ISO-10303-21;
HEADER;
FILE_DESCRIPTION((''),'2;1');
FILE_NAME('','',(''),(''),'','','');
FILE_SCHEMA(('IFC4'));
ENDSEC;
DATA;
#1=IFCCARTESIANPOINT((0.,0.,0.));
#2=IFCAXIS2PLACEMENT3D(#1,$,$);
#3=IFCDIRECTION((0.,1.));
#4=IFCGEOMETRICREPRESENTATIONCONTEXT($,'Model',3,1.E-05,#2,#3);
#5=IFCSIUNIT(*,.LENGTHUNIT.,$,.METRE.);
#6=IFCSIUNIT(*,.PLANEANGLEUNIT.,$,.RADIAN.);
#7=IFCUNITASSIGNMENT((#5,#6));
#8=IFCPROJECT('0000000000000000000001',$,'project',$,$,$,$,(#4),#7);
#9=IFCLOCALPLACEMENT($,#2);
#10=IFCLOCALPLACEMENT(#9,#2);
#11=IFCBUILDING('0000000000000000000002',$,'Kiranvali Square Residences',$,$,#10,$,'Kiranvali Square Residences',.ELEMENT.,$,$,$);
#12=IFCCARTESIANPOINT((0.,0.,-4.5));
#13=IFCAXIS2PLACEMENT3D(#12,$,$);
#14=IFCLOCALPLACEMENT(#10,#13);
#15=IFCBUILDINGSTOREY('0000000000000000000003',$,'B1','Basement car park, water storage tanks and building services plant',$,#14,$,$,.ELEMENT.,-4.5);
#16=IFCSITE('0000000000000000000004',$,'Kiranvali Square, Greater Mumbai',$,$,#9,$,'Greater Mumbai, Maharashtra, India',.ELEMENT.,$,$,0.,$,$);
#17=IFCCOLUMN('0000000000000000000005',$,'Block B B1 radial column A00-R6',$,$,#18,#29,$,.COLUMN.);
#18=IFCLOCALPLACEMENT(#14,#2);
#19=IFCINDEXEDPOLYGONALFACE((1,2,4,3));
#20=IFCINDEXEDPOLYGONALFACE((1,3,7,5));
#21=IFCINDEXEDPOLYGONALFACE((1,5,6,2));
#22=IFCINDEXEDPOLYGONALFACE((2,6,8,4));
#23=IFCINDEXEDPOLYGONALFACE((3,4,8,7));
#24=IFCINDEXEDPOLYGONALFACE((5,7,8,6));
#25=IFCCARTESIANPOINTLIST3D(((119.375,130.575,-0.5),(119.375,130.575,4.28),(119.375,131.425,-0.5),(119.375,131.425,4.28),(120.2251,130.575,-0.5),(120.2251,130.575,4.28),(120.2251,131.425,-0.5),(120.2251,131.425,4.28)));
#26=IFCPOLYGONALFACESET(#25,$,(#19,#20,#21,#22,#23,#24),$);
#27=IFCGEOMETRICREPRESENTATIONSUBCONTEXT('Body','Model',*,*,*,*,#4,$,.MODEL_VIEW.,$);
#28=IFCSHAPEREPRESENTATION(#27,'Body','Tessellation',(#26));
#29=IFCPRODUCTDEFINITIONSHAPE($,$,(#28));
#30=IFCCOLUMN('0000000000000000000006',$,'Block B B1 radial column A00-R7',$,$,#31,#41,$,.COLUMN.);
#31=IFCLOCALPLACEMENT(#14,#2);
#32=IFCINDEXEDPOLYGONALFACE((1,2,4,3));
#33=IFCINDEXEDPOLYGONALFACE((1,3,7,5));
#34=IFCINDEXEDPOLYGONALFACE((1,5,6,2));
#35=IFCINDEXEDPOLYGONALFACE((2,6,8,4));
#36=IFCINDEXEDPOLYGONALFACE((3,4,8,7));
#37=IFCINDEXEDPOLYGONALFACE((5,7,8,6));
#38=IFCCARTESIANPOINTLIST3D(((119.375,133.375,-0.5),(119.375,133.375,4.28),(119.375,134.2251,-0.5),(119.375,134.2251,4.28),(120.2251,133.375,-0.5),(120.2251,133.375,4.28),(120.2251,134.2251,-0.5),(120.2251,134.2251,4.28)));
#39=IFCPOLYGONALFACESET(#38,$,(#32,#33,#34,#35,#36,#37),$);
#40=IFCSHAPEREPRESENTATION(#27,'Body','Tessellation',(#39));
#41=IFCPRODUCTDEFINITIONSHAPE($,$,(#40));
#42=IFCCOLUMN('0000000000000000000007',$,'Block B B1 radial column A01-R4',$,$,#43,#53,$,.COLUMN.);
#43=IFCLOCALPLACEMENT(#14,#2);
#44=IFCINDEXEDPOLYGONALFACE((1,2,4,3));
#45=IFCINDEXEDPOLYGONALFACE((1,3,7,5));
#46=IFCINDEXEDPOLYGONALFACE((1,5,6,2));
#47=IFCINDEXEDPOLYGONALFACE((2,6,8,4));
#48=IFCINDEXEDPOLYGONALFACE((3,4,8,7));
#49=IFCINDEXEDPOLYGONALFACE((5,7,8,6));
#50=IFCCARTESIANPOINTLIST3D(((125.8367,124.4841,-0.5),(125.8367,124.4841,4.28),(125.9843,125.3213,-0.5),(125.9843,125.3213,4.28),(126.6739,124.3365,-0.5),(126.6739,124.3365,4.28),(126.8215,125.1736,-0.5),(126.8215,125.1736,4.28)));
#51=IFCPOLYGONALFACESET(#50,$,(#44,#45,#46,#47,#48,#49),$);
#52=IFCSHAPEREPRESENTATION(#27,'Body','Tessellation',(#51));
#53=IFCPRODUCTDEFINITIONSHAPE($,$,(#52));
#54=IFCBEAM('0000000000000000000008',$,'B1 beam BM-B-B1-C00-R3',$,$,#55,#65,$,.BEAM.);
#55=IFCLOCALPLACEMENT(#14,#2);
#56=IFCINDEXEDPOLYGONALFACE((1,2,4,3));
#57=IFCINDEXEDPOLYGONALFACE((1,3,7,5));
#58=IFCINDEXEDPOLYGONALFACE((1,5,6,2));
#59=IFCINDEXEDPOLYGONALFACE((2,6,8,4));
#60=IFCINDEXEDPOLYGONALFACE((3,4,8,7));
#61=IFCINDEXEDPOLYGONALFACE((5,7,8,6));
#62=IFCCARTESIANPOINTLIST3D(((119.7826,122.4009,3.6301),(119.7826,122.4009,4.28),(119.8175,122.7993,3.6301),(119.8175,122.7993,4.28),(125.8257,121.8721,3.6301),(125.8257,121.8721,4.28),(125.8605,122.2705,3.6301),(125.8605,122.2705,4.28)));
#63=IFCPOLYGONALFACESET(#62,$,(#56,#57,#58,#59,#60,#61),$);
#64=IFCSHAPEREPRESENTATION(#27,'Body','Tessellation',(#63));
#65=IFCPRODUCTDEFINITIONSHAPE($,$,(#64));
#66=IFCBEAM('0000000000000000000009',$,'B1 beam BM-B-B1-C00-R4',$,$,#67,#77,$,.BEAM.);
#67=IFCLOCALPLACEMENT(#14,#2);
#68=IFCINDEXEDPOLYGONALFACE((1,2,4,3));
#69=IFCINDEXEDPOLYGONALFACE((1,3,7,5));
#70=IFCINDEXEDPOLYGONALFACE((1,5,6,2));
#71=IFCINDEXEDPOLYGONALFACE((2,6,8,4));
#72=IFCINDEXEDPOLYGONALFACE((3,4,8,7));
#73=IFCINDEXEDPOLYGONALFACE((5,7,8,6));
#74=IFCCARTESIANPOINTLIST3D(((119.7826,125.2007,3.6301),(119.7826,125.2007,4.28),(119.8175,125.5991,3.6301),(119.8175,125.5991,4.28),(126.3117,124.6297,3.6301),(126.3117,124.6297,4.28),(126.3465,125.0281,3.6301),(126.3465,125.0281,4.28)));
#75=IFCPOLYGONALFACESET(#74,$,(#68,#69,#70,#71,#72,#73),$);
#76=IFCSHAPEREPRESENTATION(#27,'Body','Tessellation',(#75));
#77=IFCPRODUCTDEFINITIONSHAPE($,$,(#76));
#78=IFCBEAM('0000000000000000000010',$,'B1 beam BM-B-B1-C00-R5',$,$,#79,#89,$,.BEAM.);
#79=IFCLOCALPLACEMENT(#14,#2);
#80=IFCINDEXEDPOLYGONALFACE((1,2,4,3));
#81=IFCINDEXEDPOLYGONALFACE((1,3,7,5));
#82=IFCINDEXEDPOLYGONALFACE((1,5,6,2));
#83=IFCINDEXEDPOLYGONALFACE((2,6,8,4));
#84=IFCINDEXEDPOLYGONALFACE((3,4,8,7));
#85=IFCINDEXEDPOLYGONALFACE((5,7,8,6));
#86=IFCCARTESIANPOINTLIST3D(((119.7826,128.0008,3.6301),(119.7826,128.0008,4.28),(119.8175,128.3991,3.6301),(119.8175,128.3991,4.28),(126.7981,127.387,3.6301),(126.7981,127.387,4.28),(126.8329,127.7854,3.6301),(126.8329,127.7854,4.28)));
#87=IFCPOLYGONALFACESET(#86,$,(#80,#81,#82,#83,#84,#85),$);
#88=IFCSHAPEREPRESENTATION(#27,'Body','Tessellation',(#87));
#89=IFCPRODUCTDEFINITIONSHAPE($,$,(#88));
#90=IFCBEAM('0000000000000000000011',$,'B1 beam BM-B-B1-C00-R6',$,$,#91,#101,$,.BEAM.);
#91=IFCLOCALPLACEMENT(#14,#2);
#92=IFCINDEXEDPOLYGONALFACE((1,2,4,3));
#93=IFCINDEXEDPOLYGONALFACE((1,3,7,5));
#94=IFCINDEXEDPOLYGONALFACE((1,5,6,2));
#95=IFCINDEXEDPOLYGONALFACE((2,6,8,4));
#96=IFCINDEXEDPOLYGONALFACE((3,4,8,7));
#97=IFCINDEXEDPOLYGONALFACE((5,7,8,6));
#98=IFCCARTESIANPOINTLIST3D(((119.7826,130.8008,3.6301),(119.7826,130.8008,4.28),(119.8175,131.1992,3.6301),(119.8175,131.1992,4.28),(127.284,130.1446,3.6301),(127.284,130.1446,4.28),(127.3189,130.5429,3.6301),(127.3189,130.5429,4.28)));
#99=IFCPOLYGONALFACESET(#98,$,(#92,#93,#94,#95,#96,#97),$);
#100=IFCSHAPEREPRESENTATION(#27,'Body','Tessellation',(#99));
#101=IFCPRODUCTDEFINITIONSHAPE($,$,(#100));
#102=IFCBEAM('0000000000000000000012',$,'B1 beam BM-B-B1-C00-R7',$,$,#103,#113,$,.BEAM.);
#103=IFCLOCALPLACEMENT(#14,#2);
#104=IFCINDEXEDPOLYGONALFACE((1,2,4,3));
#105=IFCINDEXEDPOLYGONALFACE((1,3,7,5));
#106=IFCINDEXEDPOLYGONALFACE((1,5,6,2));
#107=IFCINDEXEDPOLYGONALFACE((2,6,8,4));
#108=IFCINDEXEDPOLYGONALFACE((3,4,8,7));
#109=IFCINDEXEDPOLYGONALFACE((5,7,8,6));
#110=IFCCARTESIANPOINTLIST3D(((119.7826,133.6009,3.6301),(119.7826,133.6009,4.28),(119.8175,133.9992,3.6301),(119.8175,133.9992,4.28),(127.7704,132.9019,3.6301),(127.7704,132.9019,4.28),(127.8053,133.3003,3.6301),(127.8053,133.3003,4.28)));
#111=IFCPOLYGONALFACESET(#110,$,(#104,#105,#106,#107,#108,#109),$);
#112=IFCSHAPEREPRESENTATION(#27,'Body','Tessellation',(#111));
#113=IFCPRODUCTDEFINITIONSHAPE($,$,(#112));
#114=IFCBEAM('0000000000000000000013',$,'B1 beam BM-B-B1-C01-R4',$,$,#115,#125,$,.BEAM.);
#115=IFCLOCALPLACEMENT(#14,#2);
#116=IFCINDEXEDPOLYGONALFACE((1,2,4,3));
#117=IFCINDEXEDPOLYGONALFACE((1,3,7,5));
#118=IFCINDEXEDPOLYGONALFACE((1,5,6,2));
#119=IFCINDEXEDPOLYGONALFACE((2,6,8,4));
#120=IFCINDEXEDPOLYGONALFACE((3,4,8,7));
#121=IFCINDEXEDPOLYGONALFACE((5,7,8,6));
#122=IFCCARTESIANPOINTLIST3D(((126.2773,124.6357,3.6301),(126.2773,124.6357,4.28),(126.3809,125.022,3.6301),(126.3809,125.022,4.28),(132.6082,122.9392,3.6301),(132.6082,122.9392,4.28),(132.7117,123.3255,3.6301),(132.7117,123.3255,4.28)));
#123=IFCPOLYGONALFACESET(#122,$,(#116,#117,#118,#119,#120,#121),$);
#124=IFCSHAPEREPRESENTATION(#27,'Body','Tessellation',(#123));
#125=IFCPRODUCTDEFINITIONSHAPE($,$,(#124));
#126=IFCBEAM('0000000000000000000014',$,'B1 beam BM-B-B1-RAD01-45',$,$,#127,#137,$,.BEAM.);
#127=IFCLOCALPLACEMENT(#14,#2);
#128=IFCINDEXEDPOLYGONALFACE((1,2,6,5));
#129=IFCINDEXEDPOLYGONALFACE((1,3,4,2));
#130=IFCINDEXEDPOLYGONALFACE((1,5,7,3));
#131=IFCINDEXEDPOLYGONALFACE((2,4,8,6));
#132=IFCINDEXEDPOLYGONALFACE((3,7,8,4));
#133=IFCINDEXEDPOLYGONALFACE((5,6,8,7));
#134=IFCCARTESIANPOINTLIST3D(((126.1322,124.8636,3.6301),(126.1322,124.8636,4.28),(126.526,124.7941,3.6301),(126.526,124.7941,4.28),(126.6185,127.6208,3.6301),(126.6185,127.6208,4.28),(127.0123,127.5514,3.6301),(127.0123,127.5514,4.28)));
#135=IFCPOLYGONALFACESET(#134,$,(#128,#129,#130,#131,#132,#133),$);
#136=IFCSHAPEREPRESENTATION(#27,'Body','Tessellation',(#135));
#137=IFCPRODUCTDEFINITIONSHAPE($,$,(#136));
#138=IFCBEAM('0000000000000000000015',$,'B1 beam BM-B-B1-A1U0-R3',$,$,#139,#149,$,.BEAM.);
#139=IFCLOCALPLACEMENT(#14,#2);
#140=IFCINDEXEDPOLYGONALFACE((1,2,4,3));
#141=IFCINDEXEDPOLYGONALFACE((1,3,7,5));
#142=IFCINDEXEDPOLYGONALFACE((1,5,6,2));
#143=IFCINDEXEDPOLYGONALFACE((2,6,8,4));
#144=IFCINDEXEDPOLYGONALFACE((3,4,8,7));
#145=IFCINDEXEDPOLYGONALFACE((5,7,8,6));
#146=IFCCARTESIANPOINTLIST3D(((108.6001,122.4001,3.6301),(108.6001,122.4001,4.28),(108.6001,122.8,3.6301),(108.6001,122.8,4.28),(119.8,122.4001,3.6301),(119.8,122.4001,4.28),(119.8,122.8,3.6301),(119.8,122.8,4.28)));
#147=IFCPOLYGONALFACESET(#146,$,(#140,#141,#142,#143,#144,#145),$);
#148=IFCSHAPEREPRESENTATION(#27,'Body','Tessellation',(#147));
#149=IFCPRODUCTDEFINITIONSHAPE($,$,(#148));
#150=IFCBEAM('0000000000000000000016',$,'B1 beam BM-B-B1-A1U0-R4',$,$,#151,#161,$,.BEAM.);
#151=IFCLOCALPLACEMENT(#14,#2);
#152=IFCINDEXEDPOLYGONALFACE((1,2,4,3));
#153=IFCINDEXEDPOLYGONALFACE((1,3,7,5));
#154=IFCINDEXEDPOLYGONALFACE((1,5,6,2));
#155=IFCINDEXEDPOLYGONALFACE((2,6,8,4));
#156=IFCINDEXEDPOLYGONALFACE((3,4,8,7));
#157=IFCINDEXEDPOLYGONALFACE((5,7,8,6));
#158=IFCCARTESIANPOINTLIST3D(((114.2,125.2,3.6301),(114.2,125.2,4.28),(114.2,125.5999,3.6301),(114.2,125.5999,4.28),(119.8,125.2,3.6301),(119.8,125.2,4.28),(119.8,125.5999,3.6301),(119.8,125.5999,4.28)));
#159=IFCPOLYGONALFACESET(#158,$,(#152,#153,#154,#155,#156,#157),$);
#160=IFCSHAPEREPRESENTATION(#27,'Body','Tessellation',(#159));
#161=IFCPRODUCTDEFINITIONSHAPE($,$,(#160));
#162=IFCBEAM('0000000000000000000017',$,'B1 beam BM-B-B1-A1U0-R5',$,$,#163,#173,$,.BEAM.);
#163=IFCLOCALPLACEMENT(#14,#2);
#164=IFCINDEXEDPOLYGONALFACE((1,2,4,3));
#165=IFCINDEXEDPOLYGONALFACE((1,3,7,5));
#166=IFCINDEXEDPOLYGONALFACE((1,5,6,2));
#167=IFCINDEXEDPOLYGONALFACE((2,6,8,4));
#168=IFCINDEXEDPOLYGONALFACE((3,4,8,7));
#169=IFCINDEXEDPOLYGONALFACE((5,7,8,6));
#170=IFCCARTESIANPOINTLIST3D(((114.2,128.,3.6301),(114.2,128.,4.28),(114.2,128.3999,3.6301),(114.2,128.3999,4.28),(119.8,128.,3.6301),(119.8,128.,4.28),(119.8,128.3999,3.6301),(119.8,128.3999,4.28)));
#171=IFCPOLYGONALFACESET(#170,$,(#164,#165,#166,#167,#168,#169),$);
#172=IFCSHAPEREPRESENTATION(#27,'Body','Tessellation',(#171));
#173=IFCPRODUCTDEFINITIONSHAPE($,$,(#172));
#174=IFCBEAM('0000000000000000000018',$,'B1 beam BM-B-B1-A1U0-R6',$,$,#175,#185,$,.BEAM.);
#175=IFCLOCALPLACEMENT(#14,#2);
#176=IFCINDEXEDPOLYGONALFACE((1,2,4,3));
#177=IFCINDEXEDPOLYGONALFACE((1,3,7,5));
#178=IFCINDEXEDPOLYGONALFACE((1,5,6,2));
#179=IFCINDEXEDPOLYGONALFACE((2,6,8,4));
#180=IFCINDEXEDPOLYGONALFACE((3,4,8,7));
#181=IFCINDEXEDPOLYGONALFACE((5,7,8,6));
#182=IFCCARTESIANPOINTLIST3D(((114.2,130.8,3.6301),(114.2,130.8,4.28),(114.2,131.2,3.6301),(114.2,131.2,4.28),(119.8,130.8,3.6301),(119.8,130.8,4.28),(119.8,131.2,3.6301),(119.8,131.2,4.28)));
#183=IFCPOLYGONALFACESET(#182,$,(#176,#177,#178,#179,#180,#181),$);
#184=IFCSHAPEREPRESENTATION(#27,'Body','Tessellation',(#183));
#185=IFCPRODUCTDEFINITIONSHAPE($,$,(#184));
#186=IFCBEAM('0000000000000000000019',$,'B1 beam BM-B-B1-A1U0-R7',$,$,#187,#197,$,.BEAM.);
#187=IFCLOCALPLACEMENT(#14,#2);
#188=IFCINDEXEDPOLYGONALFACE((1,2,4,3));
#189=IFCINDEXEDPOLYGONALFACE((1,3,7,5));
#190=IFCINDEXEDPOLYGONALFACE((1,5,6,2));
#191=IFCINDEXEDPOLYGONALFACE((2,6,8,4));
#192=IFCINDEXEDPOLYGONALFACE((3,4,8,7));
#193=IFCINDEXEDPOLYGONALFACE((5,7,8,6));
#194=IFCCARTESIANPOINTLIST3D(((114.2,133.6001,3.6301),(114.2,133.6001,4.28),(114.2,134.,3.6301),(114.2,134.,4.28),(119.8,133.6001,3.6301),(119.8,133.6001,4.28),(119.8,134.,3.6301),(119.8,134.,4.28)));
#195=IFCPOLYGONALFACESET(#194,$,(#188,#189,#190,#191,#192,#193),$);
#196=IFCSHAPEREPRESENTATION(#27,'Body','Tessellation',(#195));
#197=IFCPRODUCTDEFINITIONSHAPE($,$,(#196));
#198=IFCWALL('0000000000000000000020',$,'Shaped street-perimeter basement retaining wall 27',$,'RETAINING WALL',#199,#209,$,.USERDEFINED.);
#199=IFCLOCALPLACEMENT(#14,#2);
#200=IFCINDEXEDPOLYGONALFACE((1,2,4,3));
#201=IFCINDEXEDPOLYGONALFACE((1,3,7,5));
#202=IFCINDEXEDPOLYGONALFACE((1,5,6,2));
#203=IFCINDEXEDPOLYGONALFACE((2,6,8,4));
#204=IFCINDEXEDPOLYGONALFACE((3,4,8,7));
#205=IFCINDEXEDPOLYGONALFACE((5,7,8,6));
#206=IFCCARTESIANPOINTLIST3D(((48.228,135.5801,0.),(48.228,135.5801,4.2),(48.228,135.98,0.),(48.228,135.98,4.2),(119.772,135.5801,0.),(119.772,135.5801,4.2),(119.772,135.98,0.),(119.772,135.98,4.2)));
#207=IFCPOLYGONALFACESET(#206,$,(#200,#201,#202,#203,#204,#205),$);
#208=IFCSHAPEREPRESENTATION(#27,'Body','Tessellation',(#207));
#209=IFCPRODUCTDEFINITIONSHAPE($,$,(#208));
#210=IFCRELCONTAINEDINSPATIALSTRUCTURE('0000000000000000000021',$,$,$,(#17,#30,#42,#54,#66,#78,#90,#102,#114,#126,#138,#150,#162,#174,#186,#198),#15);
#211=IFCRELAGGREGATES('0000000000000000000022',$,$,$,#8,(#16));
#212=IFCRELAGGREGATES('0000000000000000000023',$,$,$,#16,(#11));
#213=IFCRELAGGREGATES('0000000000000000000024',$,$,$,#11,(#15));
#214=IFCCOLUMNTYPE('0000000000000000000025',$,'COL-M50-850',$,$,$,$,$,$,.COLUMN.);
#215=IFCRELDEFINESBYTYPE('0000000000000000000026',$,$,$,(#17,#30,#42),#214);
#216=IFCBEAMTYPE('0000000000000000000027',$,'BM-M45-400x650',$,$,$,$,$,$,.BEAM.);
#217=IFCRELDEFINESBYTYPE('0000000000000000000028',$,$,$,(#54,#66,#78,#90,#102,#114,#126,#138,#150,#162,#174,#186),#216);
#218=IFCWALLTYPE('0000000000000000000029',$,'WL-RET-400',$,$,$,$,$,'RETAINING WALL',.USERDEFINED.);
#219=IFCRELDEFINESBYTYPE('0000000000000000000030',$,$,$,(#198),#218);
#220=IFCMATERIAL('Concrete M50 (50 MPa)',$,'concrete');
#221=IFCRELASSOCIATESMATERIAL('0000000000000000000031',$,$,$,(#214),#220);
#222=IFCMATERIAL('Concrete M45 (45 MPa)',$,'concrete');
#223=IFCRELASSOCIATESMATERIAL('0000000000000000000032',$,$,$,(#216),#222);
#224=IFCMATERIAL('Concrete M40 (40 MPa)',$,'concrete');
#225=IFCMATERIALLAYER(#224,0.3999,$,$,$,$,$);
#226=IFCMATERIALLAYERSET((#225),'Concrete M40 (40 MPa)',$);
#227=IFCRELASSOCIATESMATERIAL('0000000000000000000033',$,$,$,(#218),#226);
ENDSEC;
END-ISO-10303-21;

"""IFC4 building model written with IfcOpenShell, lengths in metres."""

from ifc_helpers import new_model, si_unit, direction, frame, frame_2d, origin, origin_2d, place, context, subcontext, project, spatial, rectangle, extrude, material, layer, layer_set, material_profile, profile_set, type_object, element, save


model = new_model("IFC4")

# Units and contexts
model_context = context("Model", 3, precision=1e-05, world=origin(), true_north=direction((0.0, 1.0)))
body_context = subcontext(model_context, "Body", "Model", "MODEL_VIEW")
ifc_project = project(units=[si_unit("LENGTHUNIT", "METRE"), si_unit("PLANEANGLEUNIT", "RADIAN")], contexts=[model_context])

# Site, building, storey
site_placement = place(None, origin())
site = spatial("IfcSite", under=ifc_project, at=site_placement, Name="Kiranvali Square, Greater Mumbai", LongName="Greater Mumbai, Maharashtra, India", CompositionType="ELEMENT", RefElevation=0.0)
building_placement = place(site_placement, origin())
building = spatial("IfcBuilding", under=site, at=building_placement, Name="Kiranvali Square Residences", LongName="Kiranvali Square Residences", CompositionType="ELEMENT")
storey_placement = place(building_placement, frame((0.0, 0.0, -4.5)))
storey = spatial("IfcBuildingStorey", under=building, at=storey_placement, Name="B1", Description="Basement car park, water storage tanks and building services plant", CompositionType="ELEMENT", Elevation=-4.5)

# Shared definitions
ifc_material_1 = material(Name="Concrete M40 (40 MPa)", Category="concrete")

# Columns
ifc_material_2 = material(Name="Concrete M50 (50 MPa)", Category="concrete")
ifc_material_profile_1 = material_profile(ifc_material_2, rectangle(XDim=0.8501, YDim=0.8501, at=origin_2d()), Name="RC 850x850")
ifc_profile_set_1 = profile_set([ifc_material_profile_1], Name="Concrete M50 (50 MPa)")
column_type = type_object("IfcColumnType", Name="COL-M50-850", PredefinedType="COLUMN", material=ifc_profile_set_1)
for number, where, z_axis, x_axis, name in (
    (1, (119.8, 131.0, -0.5), (0.0, 0.0, 1.0), (1.0, 0.0, 0.0), "Block B B1 radial column A00-R6"),
    (2, (119.8, 133.8, -0.5), (0.0, 0.0, 1.0), (1.0, 0.0, 0.0), "Block B B1 radial column A00-R7"),
    (3, (126.3291, 124.8289, -0.5), (0.0, 0.0, 1.0), (-0.984808, 0.173648, 0.0), "Block B B1 radial column A01-R4"),
):
    element("IfcColumn", number, at=place(storey_placement, frame(where, z_axis=z_axis, x_axis=x_axis)), inside=storey, type_object=column_type, Name=name, PredefinedType="COLUMN", context=body_context, shape_type="SweptSolid", body=[
        extrude(rectangle(XDim=0.8501, YDim=0.8501, at=origin_2d()), origin(), (0.0, 0.0, 1.0), 4.78),
    ])

# Beams
ifc_material_3 = material(Name="Concrete M45 (45 MPa)", Category="concrete")
ifc_material_profile_2 = material_profile(ifc_material_3, rectangle(XDim=0.3999, YDim=0.6499, at=origin_2d()), Name="RC 400x650")
ifc_profile_set_2 = profile_set([ifc_material_profile_2], Name="Concrete M45 (45 MPa)")
beam_type = type_object("IfcBeamType", Name="BM-M45-400x650", PredefinedType="BEAM", material=ifc_profile_set_2)
beam_1_placement = place(storey_placement, frame((119.8, 122.6001, 3.9551), z_axis=(0.996193, -0.087175, 0.0), x_axis=(0.087175, 0.996193, 0.0)))
element("IfcBeam", 4, at=beam_1_placement, inside=storey, type_object=beam_type, Name="B1 beam BM-B-B1-C00-R3", PredefinedType="BEAM", context=body_context, shape_type="SweptSolid", body=[
    extrude(rectangle(XDim=0.3999, YDim=0.6499, at=origin_2d()), origin(), (0.0, 0.0, 1.0), 6.0662),
])
beam_2_placement = place(storey_placement, frame((119.8, 125.3999, 3.9551), z_axis=(0.996197, -0.08713, 0.0), x_axis=(0.08713, 0.996197, 0.0)))
element("IfcBeam", 5, at=beam_2_placement, inside=storey, type_object=beam_type, Name="B1 beam BM-B-B1-C00-R4", PredefinedType="BEAM", context=body_context, shape_type="SweptSolid", body=[
    extrude(rectangle(XDim=0.3999, YDim=0.6499, at=origin_2d()), origin(), (0.0, 0.0, 1.0), 6.554),
])
beam_3_placement = place(storey_placement, frame((119.8, 128.2, 3.9551), z_axis=(0.996195, -0.087156, 0.0), x_axis=(0.087156, 0.996195, 0.0)))
element("IfcBeam", 6, at=beam_3_placement, inside=storey, type_object=beam_type, Name="B1 beam BM-B-B1-C00-R5", PredefinedType="BEAM", context=body_context, shape_type="SweptSolid", body=[
    extrude(rectangle(XDim=0.3999, YDim=0.6499, at=origin_2d()), origin(), (0.0, 0.0, 1.0), 7.0422),
])
beam_4_placement = place(storey_placement, frame((119.8, 131.0, 3.9551), z_axis=(0.996195, -0.08715, 0.0), x_axis=(0.08715, 0.996195, 0.0)))
element("IfcBeam", 7, at=beam_4_placement, inside=storey, type_object=beam_type, Name="B1 beam BM-B-B1-C00-R6", PredefinedType="BEAM", context=body_context, shape_type="SweptSolid", body=[
    extrude(rectangle(XDim=0.3999, YDim=0.6499, at=origin_2d()), origin(), (0.0, 0.0, 1.0), 7.53),
])
beam_5_placement = place(storey_placement, frame((119.8, 133.8, 3.9551), z_axis=(0.996193, -0.087172, 0.0), x_axis=(0.087172, 0.996193, 0.0)))
element("IfcBeam", 8, at=beam_5_placement, inside=storey, type_object=beam_type, Name="B1 beam BM-B-B1-C00-R7", PredefinedType="BEAM", context=body_context, shape_type="SweptSolid", body=[
    extrude(rectangle(XDim=0.3999, YDim=0.6499, at=origin_2d()), origin(), (0.0, 0.0, 1.0), 8.0183),
])
beam_6_placement = place(storey_placement, frame((126.3291, 124.8289, 3.9551), z_axis=(0.965918, -0.258847, 0.0), x_axis=(0.258847, 0.965918, 0.0)))
element("IfcBeam", 9, at=beam_6_placement, inside=storey, type_object=beam_type, Name="B1 beam BM-B-B1-C01-R4", PredefinedType="BEAM", context=body_context, shape_type="SweptSolid", body=[
    extrude(rectangle(XDim=0.3999, YDim=0.6499, at=origin_2d()), origin(), (0.0, 0.0, 1.0), 6.5542),
])
beam_7_placement = place(storey_placement, frame((126.3291, 124.8289, 3.9551), z_axis=(0.173696, 0.984799, 0.0), x_axis=(-0.984799, 0.173696, 0.0)))
element("IfcBeam", 10, at=beam_7_placement, inside=storey, type_object=beam_type, Name="B1 beam BM-B-B1-RAD01-45", PredefinedType="BEAM", context=body_context, shape_type="SweptSolid", body=[
    extrude(rectangle(XDim=0.3999, YDim=0.6499, at=origin_2d()), origin(), (0.0, 0.0, 1.0), 2.7998),
])
beam_8_placement = place(storey_placement, frame((119.8, 122.6001, 3.9551), z_axis=(-1.0, 0.0, 0.0), x_axis=(0.0, -1.0, 0.0)))
element("IfcBeam", 11, at=beam_8_placement, inside=storey, type_object=beam_type, Name="B1 beam BM-B-B1-A1U0-R3", PredefinedType="BEAM", context=body_context, shape_type="SweptSolid", body=[
    extrude(rectangle(XDim=0.3999, YDim=0.6499, at=origin_2d()), origin(), (0.0, 0.0, 1.0), 11.2),
])
for number, where, z_axis, x_axis, name in (
    (12, (119.8, 125.3999, 3.9551), (-1.0, 0.0, 0.0), (0.0, -1.0, 0.0), "B1 beam BM-B-B1-A1U0-R4"),
    (13, (119.8, 128.2, 3.9551), (-1.0, 0.0, 0.0), (0.0, -1.0, 0.0), "B1 beam BM-B-B1-A1U0-R5"),
    (14, (119.8, 131.0, 3.9551), (-1.0, 0.0, 0.0), (0.0, -1.0, 0.0), "B1 beam BM-B-B1-A1U0-R6"),
    (15, (119.8, 133.8, 3.9551), (-1.0, 0.0, 0.0), (0.0, -1.0, 0.0), "B1 beam BM-B-B1-A1U0-R7"),
):
    element("IfcBeam", number, at=place(storey_placement, frame(where, z_axis=z_axis, x_axis=x_axis)), inside=storey, type_object=beam_type, Name=name, PredefinedType="BEAM", context=body_context, shape_type="SweptSolid", body=[
        extrude(rectangle(XDim=0.3999, YDim=0.6499, at=origin_2d()), origin(), (0.0, 0.0, 1.0), 5.6001),
    ])

# Wall
ifc_layer = layer(ifc_material_1, 0.3999)
ifc_layer_set = layer_set([ifc_layer], Name="Concrete M40 (40 MPa)")
wall_type = type_object("IfcWallType", Name="WL-RET-400", ElementType="RETAINING WALL", PredefinedType="USERDEFINED", material=ifc_layer_set)
wall_placement = place(storey_placement, frame((119.772, 135.78, 0.0), z_axis=(0.0, 0.0, 1.0), x_axis=(-1.0, 0.0, 0.0)))
element("IfcWall", 16, at=wall_placement, inside=storey, type_object=wall_type, Name="Shaped street-perimeter basement retaining wall 27", ObjectType="RETAINING WALL", PredefinedType="USERDEFINED", context=body_context, shape_type="SweptSolid", body=[
    extrude(rectangle(XDim=71.5439, YDim=0.3999, at=frame_2d((35.772, 0.0))), origin(), (0.0, 0.0, 1.0), 4.2),
])

save(model, "model.ifc")
